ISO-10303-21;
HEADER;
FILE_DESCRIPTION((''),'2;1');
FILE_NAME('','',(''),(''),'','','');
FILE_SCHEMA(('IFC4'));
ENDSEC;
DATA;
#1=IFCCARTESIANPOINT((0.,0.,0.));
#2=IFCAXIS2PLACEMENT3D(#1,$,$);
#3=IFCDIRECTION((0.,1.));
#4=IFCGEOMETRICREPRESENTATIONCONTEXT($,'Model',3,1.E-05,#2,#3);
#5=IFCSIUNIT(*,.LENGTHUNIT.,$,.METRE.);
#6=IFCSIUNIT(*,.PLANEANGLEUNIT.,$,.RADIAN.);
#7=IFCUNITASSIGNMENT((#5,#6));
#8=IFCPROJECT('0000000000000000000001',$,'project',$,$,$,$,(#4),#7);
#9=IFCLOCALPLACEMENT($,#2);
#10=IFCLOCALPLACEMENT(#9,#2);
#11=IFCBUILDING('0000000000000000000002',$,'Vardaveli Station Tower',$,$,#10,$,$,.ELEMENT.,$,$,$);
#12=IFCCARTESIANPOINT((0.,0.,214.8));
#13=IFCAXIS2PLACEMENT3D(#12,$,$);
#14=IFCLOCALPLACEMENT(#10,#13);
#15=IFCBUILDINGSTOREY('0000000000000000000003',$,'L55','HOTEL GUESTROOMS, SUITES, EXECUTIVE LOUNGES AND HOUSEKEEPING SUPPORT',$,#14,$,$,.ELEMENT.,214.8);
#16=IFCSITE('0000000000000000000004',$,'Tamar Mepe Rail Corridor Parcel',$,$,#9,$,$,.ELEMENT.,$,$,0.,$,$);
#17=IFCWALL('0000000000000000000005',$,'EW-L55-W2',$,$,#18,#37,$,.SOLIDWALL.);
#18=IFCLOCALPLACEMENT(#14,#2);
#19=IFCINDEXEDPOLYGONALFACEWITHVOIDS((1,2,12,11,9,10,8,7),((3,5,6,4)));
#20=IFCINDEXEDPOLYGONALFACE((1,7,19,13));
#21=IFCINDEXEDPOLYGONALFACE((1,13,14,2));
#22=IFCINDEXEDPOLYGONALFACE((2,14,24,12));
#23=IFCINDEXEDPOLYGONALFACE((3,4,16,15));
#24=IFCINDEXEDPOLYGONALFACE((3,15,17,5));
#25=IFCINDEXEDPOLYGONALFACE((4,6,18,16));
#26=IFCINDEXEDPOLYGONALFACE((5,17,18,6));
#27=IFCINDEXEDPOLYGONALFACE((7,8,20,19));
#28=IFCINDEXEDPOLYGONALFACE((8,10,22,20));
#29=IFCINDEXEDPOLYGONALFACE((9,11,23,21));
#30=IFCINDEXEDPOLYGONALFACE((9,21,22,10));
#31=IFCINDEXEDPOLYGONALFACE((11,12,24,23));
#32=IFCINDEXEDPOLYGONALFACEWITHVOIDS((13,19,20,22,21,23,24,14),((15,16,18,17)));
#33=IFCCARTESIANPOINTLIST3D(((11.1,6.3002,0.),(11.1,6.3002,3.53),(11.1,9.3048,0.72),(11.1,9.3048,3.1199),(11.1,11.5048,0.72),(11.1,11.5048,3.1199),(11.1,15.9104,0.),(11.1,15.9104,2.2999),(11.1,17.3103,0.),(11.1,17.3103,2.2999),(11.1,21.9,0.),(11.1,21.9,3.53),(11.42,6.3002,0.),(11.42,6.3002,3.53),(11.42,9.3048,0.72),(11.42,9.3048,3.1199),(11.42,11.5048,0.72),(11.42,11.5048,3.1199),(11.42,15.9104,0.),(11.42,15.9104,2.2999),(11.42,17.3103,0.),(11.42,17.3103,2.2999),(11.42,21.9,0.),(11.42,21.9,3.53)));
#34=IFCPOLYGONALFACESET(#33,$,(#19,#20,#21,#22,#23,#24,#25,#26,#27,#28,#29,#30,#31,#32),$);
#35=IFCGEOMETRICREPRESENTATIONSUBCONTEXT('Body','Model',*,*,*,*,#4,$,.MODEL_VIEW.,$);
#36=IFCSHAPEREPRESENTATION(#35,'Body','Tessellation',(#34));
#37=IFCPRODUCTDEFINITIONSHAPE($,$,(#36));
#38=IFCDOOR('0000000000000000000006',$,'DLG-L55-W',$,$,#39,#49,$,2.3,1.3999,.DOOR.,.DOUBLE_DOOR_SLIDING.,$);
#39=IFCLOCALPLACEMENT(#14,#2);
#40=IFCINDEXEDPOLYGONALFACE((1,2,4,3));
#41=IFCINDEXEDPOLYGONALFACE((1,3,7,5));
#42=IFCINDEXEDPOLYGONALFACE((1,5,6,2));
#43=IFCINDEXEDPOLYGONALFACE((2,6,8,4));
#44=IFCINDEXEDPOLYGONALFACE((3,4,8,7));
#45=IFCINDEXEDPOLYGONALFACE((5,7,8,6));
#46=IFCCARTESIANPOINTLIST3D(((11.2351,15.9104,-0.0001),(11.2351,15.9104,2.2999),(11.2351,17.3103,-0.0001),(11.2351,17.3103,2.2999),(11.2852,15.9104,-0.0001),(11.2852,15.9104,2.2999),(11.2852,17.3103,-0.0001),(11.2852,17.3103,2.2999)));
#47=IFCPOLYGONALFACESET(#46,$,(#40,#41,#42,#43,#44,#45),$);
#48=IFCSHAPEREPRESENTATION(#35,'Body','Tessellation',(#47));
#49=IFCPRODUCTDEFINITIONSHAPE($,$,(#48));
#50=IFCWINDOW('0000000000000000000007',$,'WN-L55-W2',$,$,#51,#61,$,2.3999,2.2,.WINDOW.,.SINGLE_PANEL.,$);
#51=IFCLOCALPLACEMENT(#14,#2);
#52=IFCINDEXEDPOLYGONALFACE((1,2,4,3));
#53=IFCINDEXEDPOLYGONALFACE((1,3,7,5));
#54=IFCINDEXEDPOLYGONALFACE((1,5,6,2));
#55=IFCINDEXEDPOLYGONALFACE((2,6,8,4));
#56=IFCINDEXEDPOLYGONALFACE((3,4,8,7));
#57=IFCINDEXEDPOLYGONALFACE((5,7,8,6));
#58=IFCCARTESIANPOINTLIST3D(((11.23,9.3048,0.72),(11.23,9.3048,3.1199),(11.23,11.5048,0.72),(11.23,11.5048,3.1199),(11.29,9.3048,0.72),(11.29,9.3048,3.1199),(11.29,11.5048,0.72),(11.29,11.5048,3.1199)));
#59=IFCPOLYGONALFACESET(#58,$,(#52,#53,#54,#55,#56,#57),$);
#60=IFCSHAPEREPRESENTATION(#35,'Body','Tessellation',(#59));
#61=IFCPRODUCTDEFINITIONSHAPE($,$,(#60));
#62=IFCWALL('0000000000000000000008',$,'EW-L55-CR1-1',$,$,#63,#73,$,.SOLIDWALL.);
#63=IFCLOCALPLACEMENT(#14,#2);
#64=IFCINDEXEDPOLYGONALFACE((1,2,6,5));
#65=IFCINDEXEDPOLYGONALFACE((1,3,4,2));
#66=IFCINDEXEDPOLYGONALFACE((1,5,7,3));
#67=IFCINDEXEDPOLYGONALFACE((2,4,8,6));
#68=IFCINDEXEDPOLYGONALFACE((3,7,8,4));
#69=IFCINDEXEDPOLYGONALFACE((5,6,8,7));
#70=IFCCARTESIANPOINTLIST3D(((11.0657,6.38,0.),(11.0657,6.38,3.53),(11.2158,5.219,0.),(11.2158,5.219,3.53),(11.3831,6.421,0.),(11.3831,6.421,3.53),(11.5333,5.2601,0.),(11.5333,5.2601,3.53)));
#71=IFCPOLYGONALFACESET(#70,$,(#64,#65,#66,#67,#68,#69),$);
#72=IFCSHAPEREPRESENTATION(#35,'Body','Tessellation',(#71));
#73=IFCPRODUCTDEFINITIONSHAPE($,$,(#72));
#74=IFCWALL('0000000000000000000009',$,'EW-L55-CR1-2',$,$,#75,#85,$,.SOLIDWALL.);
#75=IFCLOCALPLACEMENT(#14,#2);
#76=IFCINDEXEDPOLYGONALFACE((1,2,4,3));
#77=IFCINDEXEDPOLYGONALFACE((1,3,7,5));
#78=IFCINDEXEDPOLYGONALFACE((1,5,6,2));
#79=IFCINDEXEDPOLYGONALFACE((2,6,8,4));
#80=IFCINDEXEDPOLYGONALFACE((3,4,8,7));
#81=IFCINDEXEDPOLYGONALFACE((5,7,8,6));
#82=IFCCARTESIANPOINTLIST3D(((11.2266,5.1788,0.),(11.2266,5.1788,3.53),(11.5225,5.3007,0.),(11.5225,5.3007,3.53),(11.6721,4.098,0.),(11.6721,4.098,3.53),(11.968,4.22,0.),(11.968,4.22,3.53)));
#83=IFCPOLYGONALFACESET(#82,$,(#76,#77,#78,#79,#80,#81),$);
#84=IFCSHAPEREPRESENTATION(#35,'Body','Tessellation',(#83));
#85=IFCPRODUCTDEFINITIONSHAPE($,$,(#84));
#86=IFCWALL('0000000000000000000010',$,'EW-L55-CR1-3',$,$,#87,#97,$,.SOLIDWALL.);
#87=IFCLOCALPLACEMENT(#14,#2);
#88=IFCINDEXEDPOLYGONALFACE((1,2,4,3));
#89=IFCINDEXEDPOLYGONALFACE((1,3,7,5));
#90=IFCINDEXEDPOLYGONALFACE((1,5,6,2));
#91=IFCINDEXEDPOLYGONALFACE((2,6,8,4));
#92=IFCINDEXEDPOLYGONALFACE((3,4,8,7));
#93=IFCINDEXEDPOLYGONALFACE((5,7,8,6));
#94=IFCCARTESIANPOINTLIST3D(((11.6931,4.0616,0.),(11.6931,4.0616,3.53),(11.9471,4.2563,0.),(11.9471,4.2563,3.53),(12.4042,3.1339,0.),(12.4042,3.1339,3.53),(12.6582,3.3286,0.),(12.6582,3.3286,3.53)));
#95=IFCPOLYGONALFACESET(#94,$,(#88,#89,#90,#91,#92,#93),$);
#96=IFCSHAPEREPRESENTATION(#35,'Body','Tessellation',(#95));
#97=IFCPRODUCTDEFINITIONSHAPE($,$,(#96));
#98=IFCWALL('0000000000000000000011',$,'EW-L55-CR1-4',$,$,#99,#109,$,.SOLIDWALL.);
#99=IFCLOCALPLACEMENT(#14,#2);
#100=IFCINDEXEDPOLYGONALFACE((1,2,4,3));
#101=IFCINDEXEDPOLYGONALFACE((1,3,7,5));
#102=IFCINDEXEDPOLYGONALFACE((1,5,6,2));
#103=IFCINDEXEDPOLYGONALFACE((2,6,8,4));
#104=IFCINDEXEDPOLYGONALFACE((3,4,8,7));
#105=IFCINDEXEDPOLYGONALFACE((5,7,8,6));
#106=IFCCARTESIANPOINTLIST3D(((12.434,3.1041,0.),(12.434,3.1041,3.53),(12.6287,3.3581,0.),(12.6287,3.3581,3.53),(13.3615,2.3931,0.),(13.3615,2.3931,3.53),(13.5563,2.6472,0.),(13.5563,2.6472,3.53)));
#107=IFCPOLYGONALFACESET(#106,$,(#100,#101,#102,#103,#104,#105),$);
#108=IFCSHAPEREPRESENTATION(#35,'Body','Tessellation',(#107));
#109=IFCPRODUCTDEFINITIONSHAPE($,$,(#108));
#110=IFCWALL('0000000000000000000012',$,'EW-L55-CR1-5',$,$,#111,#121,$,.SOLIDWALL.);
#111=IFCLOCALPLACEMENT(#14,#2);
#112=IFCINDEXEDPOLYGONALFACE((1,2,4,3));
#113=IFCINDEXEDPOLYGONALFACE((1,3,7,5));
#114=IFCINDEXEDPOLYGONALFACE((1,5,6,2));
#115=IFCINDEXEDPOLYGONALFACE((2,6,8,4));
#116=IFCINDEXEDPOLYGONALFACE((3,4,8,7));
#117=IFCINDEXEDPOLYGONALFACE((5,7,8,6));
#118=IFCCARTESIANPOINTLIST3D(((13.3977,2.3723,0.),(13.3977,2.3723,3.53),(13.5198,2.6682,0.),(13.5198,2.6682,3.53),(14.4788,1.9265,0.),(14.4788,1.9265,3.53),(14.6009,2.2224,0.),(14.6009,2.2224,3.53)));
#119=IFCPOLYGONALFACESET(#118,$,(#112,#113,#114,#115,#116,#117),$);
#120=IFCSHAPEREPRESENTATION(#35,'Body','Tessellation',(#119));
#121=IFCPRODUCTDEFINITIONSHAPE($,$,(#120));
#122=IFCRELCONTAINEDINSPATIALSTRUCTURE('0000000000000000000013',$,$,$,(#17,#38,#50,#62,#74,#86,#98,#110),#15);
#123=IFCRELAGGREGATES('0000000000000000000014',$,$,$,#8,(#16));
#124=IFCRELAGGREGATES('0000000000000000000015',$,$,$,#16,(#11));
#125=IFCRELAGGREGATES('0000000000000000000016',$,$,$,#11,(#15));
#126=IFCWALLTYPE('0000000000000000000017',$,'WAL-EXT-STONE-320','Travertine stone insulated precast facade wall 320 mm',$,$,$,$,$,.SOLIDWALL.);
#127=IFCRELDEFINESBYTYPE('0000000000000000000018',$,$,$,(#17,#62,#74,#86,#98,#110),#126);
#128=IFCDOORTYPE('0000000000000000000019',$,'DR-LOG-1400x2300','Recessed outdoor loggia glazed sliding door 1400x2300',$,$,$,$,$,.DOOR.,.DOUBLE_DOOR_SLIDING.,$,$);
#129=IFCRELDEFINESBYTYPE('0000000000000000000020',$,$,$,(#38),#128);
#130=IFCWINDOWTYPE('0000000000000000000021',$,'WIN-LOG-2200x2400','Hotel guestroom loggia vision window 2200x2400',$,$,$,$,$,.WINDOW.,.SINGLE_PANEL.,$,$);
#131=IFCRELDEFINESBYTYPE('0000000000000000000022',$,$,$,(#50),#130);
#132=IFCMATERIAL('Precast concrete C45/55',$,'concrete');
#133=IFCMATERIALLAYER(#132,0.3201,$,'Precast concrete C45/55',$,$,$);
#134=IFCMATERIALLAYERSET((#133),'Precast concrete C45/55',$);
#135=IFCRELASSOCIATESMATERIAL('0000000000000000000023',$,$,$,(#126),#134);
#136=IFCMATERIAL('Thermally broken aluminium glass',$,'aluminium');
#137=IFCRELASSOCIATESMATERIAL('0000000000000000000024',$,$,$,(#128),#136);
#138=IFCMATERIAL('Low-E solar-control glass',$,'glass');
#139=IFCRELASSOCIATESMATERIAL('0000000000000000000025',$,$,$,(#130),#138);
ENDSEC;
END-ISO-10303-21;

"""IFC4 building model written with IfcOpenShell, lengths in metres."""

from ifc_helpers import new_model, si_unit, direction, frame, frame_2d, origin, place, context, subcontext, project, spatial, rectangle, extrude, source, transform, mapped, material, layer, layer_set, type_object, element, fill, save


model = new_model("IFC4")

# Units and contexts
model_context = context("Model", 3, precision=1e-05, world=origin(), true_north=direction((0.0, 1.0)))
body_context = subcontext(model_context, "Body", "Model", "MODEL_VIEW")
ifc_project = project(units=[si_unit("LENGTHUNIT", "METRE"), si_unit("PLANEANGLEUNIT", "RADIAN")], contexts=[model_context])

# Site, building, storey
site_placement = place(None, origin())
site = spatial("IfcSite", under=ifc_project, at=site_placement, Name="Tamar Mepe Rail Corridor Parcel", CompositionType="ELEMENT", RefElevation=0.0)
building_placement = place(site_placement, origin())
building = spatial("IfcBuilding", under=site, at=building_placement, Name="Vardaveli Station Tower", CompositionType="ELEMENT")
storey_placement = place(building_placement, frame((0.0, 0.0, 214.8)))
storey = spatial("IfcBuildingStorey", under=building, at=storey_placement, Name="L55", Description="HOTEL GUESTROOMS, SUITES, EXECUTIVE LOUNGES AND HOUSEKEEPING SUPPORT", CompositionType="ELEMENT", Elevation=214.8)

# Shared definitions
ifc_material_1 = material(Name="Precast concrete C45/55", Category="concrete")

# Wall, openings, door, window
ifc_layer_1 = layer(ifc_material_1, 0.3201, Name="Precast concrete C45/55")
ifc_layer_set_1 = layer_set([ifc_layer_1], Name="Precast concrete C45/55")
wall_type_1 = type_object("IfcWallType", Name="WAL-EXT-STONE-320", Description="Travertine stone insulated precast facade wall 320 mm", PredefinedType="SOLIDWALL", material=ifc_layer_set_1)
shared_shape_1 = source(origin(), body_context, "Body", "SweptSolid", [
    extrude(rectangle(XDim=15.5999, YDim=0.3201, at=frame_2d((7.7998, 0.0))), origin(), (0.0, 0.0, 1.0), 3.53),
])
wall_1_placement = place(storey_placement, frame((11.26, 21.8999, 0.0), z_axis=(0.0, 0.0, 1.0), x_axis=(0.0, -1.0, 0.0)))
wall_1 = element("IfcWall", 1, at=wall_1_placement, inside=storey, type_object=wall_type_1, Name="EW-L55-W2", PredefinedType="SOLIDWALL", context=body_context, shape_type="MappedRepresentation", body=[
    mapped(shared_shape_1, transform((0.0, 0.0, 0.0), scale=1.0)),
])
shared_shape_2 = source(origin(), body_context, "Body", "SweptSolid", [
    extrude(rectangle(XDim=1.3999, YDim=2.3, at=frame_2d((0.7, 1.1499))), frame((0.0, 0.1699, 0.0), z_axis=(0.0, -1.0, 0.0), x_axis=(1.0, 0.0, 0.0)), (0.0, 0.0, 1.0), 0.3401),
])
opening_1_placement = place(wall_1_placement, frame((4.5896, 0.0, 0.0)))
opening_1 = element("IfcOpeningElement", 2, at=opening_1_placement, cuts=wall_1, PredefinedType="OPENING", context=body_context, shape_type="MappedRepresentation", body=[
    mapped(shared_shape_2, transform((0.0, 0.0, 0.0), scale=1.0)),
])
shared_shape_3 = source(origin(), body_context, "Body", "SweptSolid", [
    extrude(rectangle(XDim=2.2, YDim=2.3999, at=frame_2d((1.1001, 1.2))), frame((0.0, 0.1699, 0.0), z_axis=(0.0, -1.0, 0.0), x_axis=(1.0, 0.0, 0.0)), (0.0, 0.0, 1.0), 0.3401),
])
opening_2_placement = place(wall_1_placement, frame((10.395, 0.0, 0.72)))
opening_2 = element("IfcOpeningElement", 3, at=opening_2_placement, cuts=wall_1, PredefinedType="OPENING", context=body_context, shape_type="MappedRepresentation", body=[
    mapped(shared_shape_3, transform((0.0, 0.0, 0.0), scale=1.0)),
])
ifc_material_2 = material(Name="Thermally broken aluminium glass", Category="aluminium")
door_type_1 = type_object("IfcDoorType", Name="DR-LOG-1400x2300", Description="Recessed outdoor loggia glazed sliding door 1400x2300", OperationType="DOUBLE_DOOR_SLIDING", PredefinedType="DOOR", material=ifc_material_2)
shared_shape_4 = source(origin(), body_context, "Body", "SweptSolid", [
    extrude(rectangle(XDim=1.3999, YDim=2.3, at=frame_2d((0.7, 1.1499))), frame((0.0, 0.0249, 0.0), z_axis=(0.0, -1.0, 0.0), x_axis=(1.0, 0.0, 0.0)), (0.0, 0.0, 1.0), 0.05),
])
door_1_placement = place(opening_1_placement, frame((1.3999, 0.0, 0.0), z_axis=(0.0, 0.0, 1.0), x_axis=(-1.0, 0.0, 0.0)))
door_1 = element("IfcDoor", 4, at=door_1_placement, inside=storey, type_object=door_type_1, Name="DLG-L55-W", OperationType="DOUBLE_DOOR_SLIDING", OverallHeight=2.3, OverallWidth=1.3999, PredefinedType="DOOR", context=body_context, shape_type="MappedRepresentation", body=[
    mapped(shared_shape_4, transform((0.0, 0.0, 0.0), scale=1.0)),
])
fill(opening_1, door_1)
ifc_material_3 = material(Name="Low-E solar-control glass", Category="glass")
window_type = type_object("IfcWindowType", Name="WIN-LOG-2200x2400", Description="Hotel guestroom loggia vision window 2200x2400", PartitioningType="SINGLE_PANEL", PredefinedType="WINDOW", material=ifc_material_3)
shared_shape_5 = source(origin(), body_context, "Body", "SweptSolid", [
    extrude(rectangle(XDim=2.2, YDim=2.3999, at=frame_2d((1.1001, 1.2))), frame((0.0, 0.03, 0.0), z_axis=(0.0, -1.0, 0.0), x_axis=(1.0, 0.0, 0.0)), (0.0, 0.0, 1.0), 0.0601),
])
window_placement = place(opening_2_placement, origin())
window = element("IfcWindow", 5, at=window_placement, inside=storey, type_object=window_type, Name="WN-L55-W2", OverallHeight=2.3999, OverallWidth=2.2, PartitioningType="SINGLE_PANEL", PredefinedType="WINDOW", context=body_context, shape_type="MappedRepresentation", body=[
    mapped(shared_shape_5, transform((0.0, 0.0, 0.0), scale=1.0)),
])
fill(opening_2, window)

# Walls
shared_shape_6 = source(origin(), body_context, "Body", "SweptSolid", [
    extrude(rectangle(XDim=1.1707, YDim=0.3201, at=frame_2d((0.5854, 0.0))), origin(), (0.0, 0.0, 1.0), 3.53),
])
wall_2_placement = place(storey_placement, frame((11.2244, 6.4006, 0.0), z_axis=(0.0, 0.0, 1.0), x_axis=(0.128269, -0.991739, 0.0)))
element("IfcWall", 6, at=wall_2_placement, inside=storey, type_object=wall_type_1, Name="EW-L55-CR1-1", PredefinedType="SOLIDWALL", context=body_context, shape_type="MappedRepresentation", body=[
    mapped(shared_shape_6, transform((0.0, 0.0, 0.0), scale=1.0)),
])
shared_shape_7 = source(origin(), body_context, "Body", "SweptSolid", [
    extrude(rectangle(XDim=1.1689, YDim=0.3201, at=frame_2d((0.5845, 0.0))), origin(), (0.0, 0.0, 1.0), 3.53),
])
for number, where, z_axis, x_axis, name in (
    (7, (11.3745, 5.2397, 0.0), (0.0, 0.0, 1.0), (0.381128, -0.924522, 0.0), "EW-L55-CR1-2"),
    (8, (11.8201, 4.1589, 0.0), (0.0, 0.0, 1.0), (0.608388, -0.79364, 0.0), "EW-L55-CR1-3"),
):
    element("IfcWall", number, at=place(storey_placement, frame(where, z_axis=z_axis, x_axis=x_axis)), inside=storey, type_object=wall_type_1, Name=name, PredefinedType="SOLIDWALL", context=body_context, shape_type="MappedRepresentation", body=[
        mapped(shared_shape_7, transform((0.0, 0.0, 0.0), scale=1.0)),
    ])
shared_shape_8 = source(origin(), body_context, "Body", "SweptSolid", [
    extrude(rectangle(XDim=1.1687, YDim=0.3201, at=frame_2d((0.5845, 0.0))), origin(), (0.0, 0.0, 1.0), 3.53),
])
wall_3_placement = place(storey_placement, frame((12.5312, 3.2312, 0.0), z_axis=(0.0, 0.0, 1.0), x_axis=(0.793664, -0.608357, 0.0)))
element("IfcWall", 9, at=wall_3_placement, inside=storey, type_object=wall_type_1, Name="EW-L55-CR1-4", PredefinedType="SOLIDWALL", context=body_context, shape_type="MappedRepresentation", body=[
    mapped(shared_shape_8, transform((0.0, 0.0, 0.0), scale=1.0)),
])
shared_shape_9 = source(origin(), body_context, "Body", "SweptSolid", [
    extrude(rectangle(XDim=1.1694, YDim=0.3201, at=frame_2d((0.5847, 0.0))), origin(), (0.0, 0.0, 1.0), 3.53),
])
wall_4_placement = place(storey_placement, frame((13.4587, 2.5203, 0.0), z_axis=(0.0, 0.0, 1.0), x_axis=(0.924479, -0.381233, 0.0)))
element("IfcWall", 10, at=wall_4_placement, inside=storey, type_object=wall_type_1, Name="EW-L55-CR1-5", PredefinedType="SOLIDWALL", context=body_context, shape_type="MappedRepresentation", body=[
    mapped(shared_shape_9, transform((0.0, 0.0, 0.0), scale=1.0)),
])

save(model, "model.ifc")
